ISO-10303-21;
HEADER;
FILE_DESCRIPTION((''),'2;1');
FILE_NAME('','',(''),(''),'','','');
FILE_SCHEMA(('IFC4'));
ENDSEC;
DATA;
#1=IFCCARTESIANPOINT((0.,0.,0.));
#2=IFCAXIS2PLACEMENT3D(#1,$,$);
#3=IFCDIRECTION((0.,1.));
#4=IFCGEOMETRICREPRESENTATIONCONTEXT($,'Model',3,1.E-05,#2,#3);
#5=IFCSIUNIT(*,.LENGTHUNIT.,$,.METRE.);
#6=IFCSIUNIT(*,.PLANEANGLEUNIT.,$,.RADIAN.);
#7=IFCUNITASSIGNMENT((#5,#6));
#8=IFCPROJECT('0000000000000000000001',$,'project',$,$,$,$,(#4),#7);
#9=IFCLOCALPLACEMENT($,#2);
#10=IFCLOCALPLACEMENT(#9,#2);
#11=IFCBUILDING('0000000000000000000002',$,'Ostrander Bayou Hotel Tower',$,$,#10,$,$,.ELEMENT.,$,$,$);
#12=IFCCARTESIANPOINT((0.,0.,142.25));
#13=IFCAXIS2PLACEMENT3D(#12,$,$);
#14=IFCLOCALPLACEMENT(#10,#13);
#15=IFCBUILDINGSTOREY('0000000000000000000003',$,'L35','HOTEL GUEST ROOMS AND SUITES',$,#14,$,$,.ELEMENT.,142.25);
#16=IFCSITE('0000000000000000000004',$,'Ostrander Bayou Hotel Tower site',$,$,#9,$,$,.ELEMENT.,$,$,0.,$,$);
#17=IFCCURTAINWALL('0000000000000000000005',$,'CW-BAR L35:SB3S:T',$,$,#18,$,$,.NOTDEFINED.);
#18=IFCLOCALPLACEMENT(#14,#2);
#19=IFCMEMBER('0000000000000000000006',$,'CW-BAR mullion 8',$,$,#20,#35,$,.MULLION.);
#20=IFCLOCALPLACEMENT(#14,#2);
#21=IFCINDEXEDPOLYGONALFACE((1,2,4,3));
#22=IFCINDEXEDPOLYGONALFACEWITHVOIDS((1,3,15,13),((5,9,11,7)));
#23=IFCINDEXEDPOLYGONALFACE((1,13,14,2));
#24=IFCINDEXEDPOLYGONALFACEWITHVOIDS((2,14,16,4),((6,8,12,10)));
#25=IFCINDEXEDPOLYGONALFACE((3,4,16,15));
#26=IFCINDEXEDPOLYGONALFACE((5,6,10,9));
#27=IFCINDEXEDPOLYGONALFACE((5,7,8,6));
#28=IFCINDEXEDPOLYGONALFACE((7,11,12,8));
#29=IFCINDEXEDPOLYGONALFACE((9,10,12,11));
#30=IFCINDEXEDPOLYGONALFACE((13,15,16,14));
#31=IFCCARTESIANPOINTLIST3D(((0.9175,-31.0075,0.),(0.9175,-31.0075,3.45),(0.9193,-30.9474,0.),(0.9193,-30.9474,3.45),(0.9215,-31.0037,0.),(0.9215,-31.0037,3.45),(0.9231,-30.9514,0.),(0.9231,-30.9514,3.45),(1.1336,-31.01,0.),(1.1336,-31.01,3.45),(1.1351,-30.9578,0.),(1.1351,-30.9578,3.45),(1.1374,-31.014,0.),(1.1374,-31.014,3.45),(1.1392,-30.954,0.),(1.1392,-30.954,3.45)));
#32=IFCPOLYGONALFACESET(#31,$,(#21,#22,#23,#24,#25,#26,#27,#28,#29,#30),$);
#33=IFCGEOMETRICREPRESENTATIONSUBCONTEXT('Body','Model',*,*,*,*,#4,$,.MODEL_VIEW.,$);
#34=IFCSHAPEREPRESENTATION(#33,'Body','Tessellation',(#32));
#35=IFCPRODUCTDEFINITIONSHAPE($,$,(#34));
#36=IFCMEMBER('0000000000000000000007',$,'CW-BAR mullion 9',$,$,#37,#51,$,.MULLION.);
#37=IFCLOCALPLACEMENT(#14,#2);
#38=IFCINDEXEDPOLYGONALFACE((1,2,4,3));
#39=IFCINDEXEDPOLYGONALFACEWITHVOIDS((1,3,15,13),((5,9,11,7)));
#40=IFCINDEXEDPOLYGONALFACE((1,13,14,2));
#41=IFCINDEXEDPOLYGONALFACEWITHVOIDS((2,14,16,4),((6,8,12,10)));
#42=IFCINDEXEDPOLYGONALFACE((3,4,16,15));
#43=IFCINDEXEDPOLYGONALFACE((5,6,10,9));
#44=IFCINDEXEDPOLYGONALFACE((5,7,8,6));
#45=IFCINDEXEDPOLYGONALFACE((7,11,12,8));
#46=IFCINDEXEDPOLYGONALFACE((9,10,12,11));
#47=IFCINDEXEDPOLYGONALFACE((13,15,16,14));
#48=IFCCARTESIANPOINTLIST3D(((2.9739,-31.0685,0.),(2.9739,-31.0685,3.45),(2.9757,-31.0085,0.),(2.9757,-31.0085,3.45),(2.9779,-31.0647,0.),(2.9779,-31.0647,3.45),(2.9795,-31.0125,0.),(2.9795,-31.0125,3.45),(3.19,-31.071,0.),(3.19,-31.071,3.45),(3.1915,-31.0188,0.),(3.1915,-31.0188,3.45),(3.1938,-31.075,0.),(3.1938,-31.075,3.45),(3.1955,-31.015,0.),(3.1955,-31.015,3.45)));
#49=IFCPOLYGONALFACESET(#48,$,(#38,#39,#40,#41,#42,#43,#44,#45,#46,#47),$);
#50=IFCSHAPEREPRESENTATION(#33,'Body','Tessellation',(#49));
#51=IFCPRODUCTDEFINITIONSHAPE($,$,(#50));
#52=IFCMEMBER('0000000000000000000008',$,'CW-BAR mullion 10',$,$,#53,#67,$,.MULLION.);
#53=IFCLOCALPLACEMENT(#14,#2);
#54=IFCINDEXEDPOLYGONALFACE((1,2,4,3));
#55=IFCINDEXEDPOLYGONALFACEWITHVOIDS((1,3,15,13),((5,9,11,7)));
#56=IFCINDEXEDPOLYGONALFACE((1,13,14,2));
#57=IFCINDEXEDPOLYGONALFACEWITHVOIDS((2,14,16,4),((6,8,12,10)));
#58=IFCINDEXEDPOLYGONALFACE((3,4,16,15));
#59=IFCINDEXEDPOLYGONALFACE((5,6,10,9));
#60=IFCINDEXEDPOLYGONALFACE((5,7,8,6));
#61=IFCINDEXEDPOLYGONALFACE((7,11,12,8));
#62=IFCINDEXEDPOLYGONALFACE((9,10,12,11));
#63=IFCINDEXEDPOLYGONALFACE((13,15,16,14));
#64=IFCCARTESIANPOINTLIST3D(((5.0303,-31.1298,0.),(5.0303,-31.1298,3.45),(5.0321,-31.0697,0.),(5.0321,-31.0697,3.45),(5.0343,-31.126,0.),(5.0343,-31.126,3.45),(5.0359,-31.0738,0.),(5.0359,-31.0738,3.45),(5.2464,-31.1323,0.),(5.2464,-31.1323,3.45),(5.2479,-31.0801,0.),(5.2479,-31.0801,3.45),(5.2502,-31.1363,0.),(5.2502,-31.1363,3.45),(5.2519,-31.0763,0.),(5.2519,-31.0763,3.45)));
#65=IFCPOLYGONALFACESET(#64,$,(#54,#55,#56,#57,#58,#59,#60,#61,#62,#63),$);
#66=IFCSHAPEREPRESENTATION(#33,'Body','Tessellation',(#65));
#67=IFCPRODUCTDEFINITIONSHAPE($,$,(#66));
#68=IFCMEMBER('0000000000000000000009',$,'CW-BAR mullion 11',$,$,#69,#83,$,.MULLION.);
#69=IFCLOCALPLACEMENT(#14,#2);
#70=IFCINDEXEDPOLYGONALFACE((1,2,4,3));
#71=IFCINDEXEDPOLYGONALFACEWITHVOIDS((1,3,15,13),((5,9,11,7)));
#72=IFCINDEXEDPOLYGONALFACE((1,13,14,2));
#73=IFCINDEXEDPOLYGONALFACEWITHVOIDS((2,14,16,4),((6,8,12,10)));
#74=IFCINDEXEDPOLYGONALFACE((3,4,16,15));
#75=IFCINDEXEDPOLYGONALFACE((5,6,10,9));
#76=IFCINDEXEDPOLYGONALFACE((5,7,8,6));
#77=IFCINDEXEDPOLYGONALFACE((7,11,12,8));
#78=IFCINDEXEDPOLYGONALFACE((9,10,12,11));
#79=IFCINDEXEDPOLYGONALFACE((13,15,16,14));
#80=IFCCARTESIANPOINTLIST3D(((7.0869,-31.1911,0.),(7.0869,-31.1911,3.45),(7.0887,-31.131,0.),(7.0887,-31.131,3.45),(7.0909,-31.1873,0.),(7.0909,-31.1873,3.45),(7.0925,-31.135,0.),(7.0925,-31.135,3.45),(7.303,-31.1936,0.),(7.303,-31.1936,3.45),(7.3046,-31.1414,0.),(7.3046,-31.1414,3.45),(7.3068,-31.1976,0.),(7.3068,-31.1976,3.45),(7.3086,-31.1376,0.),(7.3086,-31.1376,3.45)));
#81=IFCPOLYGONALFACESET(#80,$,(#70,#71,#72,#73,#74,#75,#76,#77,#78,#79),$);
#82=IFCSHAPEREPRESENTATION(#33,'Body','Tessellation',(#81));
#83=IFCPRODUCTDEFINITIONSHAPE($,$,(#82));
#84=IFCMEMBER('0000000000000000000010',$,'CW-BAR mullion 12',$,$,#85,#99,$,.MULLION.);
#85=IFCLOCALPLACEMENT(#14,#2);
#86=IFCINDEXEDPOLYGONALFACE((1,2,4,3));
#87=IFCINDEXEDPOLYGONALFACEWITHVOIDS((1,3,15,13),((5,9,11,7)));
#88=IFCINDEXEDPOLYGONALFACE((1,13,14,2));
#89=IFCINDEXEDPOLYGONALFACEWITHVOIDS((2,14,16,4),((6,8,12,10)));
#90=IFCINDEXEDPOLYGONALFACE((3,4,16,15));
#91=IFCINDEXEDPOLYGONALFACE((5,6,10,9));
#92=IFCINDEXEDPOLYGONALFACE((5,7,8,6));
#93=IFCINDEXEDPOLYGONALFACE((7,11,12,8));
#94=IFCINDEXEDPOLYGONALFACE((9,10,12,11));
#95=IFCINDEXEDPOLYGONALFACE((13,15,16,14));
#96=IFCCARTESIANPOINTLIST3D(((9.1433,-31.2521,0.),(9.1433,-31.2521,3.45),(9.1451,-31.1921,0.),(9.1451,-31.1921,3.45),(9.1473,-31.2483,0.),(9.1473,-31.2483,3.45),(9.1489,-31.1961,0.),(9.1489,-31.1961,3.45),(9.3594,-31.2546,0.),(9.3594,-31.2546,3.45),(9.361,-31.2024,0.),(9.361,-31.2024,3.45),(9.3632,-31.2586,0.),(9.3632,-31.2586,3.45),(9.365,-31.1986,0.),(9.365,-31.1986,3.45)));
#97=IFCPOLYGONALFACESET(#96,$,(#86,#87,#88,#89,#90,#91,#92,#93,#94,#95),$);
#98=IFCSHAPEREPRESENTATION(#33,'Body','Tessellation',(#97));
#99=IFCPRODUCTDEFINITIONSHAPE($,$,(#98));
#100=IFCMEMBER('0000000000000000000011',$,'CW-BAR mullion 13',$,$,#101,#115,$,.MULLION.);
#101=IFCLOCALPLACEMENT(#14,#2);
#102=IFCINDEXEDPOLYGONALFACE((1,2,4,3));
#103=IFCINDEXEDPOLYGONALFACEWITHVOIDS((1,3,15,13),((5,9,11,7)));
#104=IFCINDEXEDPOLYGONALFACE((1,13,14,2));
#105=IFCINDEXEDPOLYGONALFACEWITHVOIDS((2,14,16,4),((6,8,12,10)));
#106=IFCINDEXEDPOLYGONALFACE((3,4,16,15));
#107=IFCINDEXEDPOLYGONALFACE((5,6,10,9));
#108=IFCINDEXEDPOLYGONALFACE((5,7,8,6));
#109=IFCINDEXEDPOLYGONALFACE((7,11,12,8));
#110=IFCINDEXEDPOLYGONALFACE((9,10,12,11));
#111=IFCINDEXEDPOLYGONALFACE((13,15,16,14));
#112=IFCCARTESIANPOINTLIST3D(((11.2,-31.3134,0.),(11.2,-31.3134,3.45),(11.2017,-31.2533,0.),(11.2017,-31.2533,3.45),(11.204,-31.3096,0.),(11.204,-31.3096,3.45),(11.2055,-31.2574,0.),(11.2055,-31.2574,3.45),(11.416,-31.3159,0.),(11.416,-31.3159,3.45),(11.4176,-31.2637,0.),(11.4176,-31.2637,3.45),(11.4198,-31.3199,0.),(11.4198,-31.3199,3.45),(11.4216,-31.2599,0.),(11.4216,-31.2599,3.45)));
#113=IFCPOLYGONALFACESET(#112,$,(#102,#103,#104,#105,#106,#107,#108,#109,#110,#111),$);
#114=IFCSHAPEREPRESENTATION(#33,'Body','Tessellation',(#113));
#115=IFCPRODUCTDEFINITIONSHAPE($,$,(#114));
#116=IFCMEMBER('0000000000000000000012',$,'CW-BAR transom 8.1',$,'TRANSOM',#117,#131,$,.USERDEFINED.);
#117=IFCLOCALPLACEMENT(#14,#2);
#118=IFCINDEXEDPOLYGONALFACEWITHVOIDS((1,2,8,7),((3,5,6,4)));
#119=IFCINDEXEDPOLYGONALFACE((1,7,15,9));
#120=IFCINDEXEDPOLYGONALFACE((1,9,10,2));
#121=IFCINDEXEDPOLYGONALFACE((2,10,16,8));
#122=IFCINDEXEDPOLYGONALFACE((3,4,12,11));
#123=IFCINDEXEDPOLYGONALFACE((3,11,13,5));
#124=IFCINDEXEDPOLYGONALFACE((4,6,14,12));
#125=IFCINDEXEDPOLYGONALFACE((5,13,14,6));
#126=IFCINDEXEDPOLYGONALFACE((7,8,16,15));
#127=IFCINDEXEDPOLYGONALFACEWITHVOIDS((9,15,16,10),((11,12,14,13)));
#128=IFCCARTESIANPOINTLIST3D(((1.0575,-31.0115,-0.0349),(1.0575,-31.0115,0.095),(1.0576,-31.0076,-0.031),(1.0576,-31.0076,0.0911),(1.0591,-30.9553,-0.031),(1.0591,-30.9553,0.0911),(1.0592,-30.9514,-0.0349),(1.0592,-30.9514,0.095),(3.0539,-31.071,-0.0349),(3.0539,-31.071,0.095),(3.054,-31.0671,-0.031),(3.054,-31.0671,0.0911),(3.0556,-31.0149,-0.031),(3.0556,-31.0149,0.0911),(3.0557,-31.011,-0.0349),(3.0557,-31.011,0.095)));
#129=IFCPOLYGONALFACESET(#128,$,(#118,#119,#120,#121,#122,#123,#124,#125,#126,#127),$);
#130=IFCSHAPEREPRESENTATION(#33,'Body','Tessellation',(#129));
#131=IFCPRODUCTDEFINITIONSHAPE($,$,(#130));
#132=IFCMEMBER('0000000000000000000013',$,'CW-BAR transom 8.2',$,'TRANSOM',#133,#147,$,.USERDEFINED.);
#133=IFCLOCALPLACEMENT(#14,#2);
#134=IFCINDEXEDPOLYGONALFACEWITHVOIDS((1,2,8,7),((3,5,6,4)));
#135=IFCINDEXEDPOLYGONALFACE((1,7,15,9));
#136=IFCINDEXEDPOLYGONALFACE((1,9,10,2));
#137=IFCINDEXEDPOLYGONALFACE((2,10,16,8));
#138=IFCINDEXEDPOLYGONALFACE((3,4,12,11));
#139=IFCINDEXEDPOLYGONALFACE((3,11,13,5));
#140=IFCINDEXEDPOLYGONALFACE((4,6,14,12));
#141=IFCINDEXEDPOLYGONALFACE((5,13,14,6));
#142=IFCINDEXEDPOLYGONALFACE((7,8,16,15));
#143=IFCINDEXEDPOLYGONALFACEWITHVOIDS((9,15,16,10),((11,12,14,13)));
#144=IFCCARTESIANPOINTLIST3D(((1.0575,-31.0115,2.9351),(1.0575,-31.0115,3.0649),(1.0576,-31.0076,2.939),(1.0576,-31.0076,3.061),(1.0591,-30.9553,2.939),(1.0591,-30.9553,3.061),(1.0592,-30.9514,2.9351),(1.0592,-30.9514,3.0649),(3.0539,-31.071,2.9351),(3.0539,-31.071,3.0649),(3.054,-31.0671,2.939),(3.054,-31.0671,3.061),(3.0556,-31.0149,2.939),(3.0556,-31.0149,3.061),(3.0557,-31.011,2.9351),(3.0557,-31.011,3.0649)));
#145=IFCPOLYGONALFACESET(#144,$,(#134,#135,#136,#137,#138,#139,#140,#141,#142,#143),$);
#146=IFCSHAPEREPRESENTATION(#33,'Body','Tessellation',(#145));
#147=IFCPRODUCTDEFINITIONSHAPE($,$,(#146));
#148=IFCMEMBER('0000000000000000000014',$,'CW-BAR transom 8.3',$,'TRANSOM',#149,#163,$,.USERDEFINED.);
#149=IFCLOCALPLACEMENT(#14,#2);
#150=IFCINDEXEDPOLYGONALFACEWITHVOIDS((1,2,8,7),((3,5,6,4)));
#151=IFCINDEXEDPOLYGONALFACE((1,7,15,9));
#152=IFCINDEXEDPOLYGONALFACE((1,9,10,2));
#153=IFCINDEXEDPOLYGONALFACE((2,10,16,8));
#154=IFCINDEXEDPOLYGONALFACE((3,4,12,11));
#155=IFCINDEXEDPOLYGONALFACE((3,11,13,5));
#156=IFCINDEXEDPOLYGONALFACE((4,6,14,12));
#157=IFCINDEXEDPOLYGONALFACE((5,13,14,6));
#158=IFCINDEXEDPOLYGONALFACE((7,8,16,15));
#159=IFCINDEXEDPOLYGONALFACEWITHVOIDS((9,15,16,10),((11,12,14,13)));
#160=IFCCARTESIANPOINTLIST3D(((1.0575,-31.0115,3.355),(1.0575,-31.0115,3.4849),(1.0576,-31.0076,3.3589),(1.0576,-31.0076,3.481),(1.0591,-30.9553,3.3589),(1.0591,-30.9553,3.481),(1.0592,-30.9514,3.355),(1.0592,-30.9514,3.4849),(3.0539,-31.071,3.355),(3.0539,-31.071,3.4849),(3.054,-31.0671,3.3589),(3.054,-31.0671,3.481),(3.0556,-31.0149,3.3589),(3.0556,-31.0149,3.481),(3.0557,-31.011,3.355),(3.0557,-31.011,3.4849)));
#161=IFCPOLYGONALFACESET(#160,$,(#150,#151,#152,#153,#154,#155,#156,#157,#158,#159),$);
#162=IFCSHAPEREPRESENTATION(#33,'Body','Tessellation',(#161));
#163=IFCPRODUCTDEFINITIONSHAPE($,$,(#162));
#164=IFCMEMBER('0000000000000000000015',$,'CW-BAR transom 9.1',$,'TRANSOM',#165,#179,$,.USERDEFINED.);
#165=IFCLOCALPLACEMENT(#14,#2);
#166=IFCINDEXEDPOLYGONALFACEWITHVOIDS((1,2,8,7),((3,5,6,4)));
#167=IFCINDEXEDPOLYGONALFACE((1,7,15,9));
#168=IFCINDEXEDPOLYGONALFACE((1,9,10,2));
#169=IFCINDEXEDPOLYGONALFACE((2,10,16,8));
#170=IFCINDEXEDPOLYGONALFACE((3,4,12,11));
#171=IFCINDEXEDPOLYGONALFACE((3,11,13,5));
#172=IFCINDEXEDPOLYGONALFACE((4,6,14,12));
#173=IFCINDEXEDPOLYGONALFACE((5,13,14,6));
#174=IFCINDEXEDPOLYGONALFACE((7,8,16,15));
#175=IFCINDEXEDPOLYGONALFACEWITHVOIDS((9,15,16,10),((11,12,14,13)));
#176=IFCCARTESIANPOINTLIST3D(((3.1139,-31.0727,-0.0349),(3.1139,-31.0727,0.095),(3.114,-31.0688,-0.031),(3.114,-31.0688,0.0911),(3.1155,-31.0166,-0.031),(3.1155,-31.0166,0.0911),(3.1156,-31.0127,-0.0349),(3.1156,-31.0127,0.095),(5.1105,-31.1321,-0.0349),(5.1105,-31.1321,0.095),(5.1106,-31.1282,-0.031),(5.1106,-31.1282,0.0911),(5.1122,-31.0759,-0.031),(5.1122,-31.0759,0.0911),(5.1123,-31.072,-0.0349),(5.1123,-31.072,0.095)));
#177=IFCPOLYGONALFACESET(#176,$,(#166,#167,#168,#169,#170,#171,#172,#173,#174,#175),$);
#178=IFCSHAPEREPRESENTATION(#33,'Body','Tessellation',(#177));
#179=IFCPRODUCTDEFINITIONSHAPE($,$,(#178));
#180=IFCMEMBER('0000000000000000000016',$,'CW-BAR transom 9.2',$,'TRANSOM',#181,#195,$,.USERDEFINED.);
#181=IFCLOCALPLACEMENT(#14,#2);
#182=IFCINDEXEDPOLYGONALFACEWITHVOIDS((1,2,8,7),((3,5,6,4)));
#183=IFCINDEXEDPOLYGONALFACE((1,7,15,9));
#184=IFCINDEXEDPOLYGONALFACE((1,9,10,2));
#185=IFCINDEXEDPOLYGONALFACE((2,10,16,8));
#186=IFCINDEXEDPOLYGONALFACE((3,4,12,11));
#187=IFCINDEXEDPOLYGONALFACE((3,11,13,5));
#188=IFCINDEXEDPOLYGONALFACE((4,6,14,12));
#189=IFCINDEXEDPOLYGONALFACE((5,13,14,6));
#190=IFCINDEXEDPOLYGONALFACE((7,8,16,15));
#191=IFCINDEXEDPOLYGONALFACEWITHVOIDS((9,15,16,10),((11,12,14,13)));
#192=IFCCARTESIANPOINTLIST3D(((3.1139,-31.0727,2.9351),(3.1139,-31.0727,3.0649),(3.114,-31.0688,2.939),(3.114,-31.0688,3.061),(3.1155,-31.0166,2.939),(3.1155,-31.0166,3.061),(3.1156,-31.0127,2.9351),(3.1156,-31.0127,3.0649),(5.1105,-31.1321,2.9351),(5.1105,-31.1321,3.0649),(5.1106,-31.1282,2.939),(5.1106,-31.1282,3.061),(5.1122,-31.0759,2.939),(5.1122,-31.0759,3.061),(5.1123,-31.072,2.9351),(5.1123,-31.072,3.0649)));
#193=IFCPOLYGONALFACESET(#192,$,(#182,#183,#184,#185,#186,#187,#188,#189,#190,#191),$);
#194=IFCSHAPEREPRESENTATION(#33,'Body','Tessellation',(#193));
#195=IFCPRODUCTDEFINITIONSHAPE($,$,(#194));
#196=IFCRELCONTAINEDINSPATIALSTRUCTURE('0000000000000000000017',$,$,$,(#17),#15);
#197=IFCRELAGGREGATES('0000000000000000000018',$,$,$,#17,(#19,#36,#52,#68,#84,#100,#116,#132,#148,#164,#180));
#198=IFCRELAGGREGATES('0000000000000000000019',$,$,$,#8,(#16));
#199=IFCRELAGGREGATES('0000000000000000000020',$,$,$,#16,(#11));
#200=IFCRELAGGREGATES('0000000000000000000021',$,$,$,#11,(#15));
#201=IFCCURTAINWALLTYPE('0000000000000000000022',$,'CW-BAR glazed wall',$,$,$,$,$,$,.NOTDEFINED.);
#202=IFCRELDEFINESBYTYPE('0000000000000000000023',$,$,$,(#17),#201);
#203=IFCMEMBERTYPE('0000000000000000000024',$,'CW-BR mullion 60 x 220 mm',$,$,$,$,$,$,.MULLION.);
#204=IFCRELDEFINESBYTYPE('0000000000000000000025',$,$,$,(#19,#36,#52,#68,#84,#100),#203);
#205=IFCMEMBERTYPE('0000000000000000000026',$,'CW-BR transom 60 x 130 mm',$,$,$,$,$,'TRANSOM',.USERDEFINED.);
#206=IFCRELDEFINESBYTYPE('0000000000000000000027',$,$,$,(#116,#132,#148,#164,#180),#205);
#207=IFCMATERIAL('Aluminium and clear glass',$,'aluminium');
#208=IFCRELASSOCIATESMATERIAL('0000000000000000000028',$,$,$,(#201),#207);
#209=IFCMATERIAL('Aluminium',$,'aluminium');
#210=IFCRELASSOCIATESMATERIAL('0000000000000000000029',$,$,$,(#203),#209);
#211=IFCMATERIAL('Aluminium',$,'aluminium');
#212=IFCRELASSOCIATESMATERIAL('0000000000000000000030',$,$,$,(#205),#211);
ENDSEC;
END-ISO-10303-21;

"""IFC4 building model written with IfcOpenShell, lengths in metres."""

from ifc_helpers import new_model, si_unit, direction, frame, origin, origin_2d, place, context, subcontext, project, spatial, hollow_rectangle, extrude, material, material_profile, profile_set, type_object, element, aggregate, save


model = new_model("IFC4")

# Units and contexts
model_context = context("Model", 3, precision=1e-05, world=origin(), true_north=direction((0.0, 1.0)))
body_context = subcontext(model_context, "Body", "Model", "MODEL_VIEW")
ifc_project = project(units=[si_unit("LENGTHUNIT", "METRE"), si_unit("PLANEANGLEUNIT", "RADIAN")], contexts=[model_context])

# Site, building, storey
site_placement = place(None, origin())
site = spatial("IfcSite", under=ifc_project, at=site_placement, Name="Ostrander Bayou Hotel Tower site", CompositionType="ELEMENT", RefElevation=0.0)
building_placement = place(site_placement, origin())
building = spatial("IfcBuilding", under=site, at=building_placement, Name="Ostrander Bayou Hotel Tower", CompositionType="ELEMENT")
storey_placement = place(building_placement, frame((0.0, 0.0, 142.25)))
storey = spatial("IfcBuildingStorey", under=building, at=storey_placement, Name="L35", Description="HOTEL GUEST ROOMS AND SUITES", CompositionType="ELEMENT", Elevation=142.25)

# Curtain wall, members
ifc_material_1 = material(Name="Aluminium and clear glass", Category="aluminium")
curtain_wall_type = type_object("IfcCurtainWallType", Name="CW-BAR glazed wall", PredefinedType="NOTDEFINED", material=ifc_material_1)
curtain_wall_placement = place(storey_placement, origin())
curtain_wall = element("IfcCurtainWall", 1, at=curtain_wall_placement, inside=storey, type_object=curtain_wall_type, Name="CW-BAR L35:SB3S:T", PredefinedType="NOTDEFINED")
ifc_material_2 = material(Name="Aluminium", Category="aluminium")
ifc_material_profile_1 = material_profile(ifc_material_2, hollow_rectangle(XDim=0.0601, YDim=0.22, WallThickness=0.0039, at=origin_2d()))
ifc_profile_set_1 = profile_set([ifc_material_profile_1], Name="Aluminium")
member_type_1 = type_object("IfcMemberType", Name="CW-BR mullion 60 x 220 mm", PredefinedType="MULLION", material=ifc_profile_set_1)
member_1_placement = place(storey_placement, frame((1.0283, -30.9807, 0.0), z_axis=(0.0, 0.0, 1.0), x_axis=(0.029746, 0.999557, 0.0)))
member_1 = element("IfcMember", 2, at=member_1_placement, type_object=member_type_1, Name="CW-BAR mullion 8", PredefinedType="MULLION", context=body_context, shape_type="SweptSolid", body=[
    extrude(hollow_rectangle(XDim=0.0601, YDim=0.22, WallThickness=0.0039, at=origin_2d()), origin(), (0.0, 0.0, 1.0), 3.45),
])
member_2_placement = place(storey_placement, frame((3.0847, -31.0417, 0.0), z_axis=(0.0, 0.0, 1.0), x_axis=(0.029746, 0.999557, 0.0)))
member_2 = element("IfcMember", 3, at=member_2_placement, type_object=member_type_1, Name="CW-BAR mullion 9", PredefinedType="MULLION", context=body_context, shape_type="SweptSolid", body=[
    extrude(hollow_rectangle(XDim=0.0601, YDim=0.22, WallThickness=0.0039, at=origin_2d()), origin(), (0.0, 0.0, 1.0), 3.45),
])
member_3_placement = place(storey_placement, frame((5.1411, -31.103, 0.0), z_axis=(0.0, 0.0, 1.0), x_axis=(0.029746, 0.999557, 0.0)))
member_3 = element("IfcMember", 4, at=member_3_placement, type_object=member_type_1, Name="CW-BAR mullion 10", PredefinedType="MULLION", context=body_context, shape_type="SweptSolid", body=[
    extrude(hollow_rectangle(XDim=0.0601, YDim=0.22, WallThickness=0.0039, at=origin_2d()), origin(), (0.0, 0.0, 1.0), 3.45),
])
member_4_placement = place(storey_placement, frame((7.1978, -31.1643, 0.0), z_axis=(0.0, 0.0, 1.0), x_axis=(0.029746, 0.999557, 0.0)))
member_4 = element("IfcMember", 5, at=member_4_placement, type_object=member_type_1, Name="CW-BAR mullion 11", PredefinedType="MULLION", context=body_context, shape_type="SweptSolid", body=[
    extrude(hollow_rectangle(XDim=0.0601, YDim=0.22, WallThickness=0.0039, at=origin_2d()), origin(), (0.0, 0.0, 1.0), 3.45),
])
member_5_placement = place(storey_placement, frame((9.2542, -31.2253, 0.0), z_axis=(0.0, 0.0, 1.0), x_axis=(0.029746, 0.999557, 0.0)))
member_5 = element("IfcMember", 6, at=member_5_placement, type_object=member_type_1, Name="CW-BAR mullion 12", PredefinedType="MULLION", context=body_context, shape_type="SweptSolid", body=[
    extrude(hollow_rectangle(XDim=0.0601, YDim=0.22, WallThickness=0.0039, at=origin_2d()), origin(), (0.0, 0.0, 1.0), 3.45),
])
member_6_placement = place(storey_placement, frame((11.3108, -31.2866, 0.0), z_axis=(0.0, 0.0, 1.0), x_axis=(0.029746, 0.999557, 0.0)))
member_6 = element("IfcMember", 7, at=member_6_placement, type_object=member_type_1, Name="CW-BAR mullion 13", PredefinedType="MULLION", context=body_context, shape_type="SweptSolid", body=[
    extrude(hollow_rectangle(XDim=0.0601, YDim=0.22, WallThickness=0.0039, at=origin_2d()), origin(), (0.0, 0.0, 1.0), 3.45),
])
ifc_material_3 = material(Name="Aluminium", Category="aluminium")
ifc_material_profile_2 = material_profile(ifc_material_3, hollow_rectangle(XDim=0.0601, YDim=0.1299, WallThickness=0.0039, at=origin_2d()))
ifc_profile_set_2 = profile_set([ifc_material_profile_2], Name="Aluminium")
member_type_2 = type_object("IfcMemberType", Name="CW-BR transom 60 x 130 mm", ElementType="TRANSOM", PredefinedType="USERDEFINED", material=ifc_profile_set_2)
member_7_placement = place(storey_placement, frame((1.0583, -30.9814, 0.03), z_axis=(0.999555, -0.029827, 0.0), x_axis=(0.029827, 0.999555, 0.0)))
member_7 = element("IfcMember", 8, at=member_7_placement, type_object=member_type_2, Name="CW-BAR transom 8.1", ObjectType="TRANSOM", PredefinedType="USERDEFINED", context=body_context, shape_type="SweptSolid", body=[
    extrude(hollow_rectangle(XDim=0.0601, YDim=0.1299, WallThickness=0.0039, at=origin_2d()), origin(), (0.0, 0.0, 1.0), 1.9973),
])
member_8_placement = place(storey_placement, frame((1.0583, -30.9814, 3.0), z_axis=(0.999555, -0.029827, 0.0), x_axis=(0.029827, 0.999555, 0.0)))
member_8 = element("IfcMember", 9, at=member_8_placement, type_object=member_type_2, Name="CW-BAR transom 8.2", ObjectType="TRANSOM", PredefinedType="USERDEFINED", context=body_context, shape_type="SweptSolid", body=[
    extrude(hollow_rectangle(XDim=0.0601, YDim=0.1299, WallThickness=0.0039, at=origin_2d()), origin(), (0.0, 0.0, 1.0), 1.9973),
])
member_9_placement = place(storey_placement, frame((1.0583, -30.9814, 3.4199), z_axis=(0.999555, -0.029827, 0.0), x_axis=(0.029827, 0.999555, 0.0)))
member_9 = element("IfcMember", 10, at=member_9_placement, type_object=member_type_2, Name="CW-BAR transom 8.3", ObjectType="TRANSOM", PredefinedType="USERDEFINED", context=body_context, shape_type="SweptSolid", body=[
    extrude(hollow_rectangle(XDim=0.0601, YDim=0.1299, WallThickness=0.0039, at=origin_2d()), origin(), (0.0, 0.0, 1.0), 1.9973),
])
member_10_placement = place(storey_placement, frame((3.1147, -31.0427, 0.03), z_axis=(0.999559, -0.029701, 0.0), x_axis=(0.029701, 0.999559, 0.0)))
member_10 = element("IfcMember", 11, at=member_10_placement, type_object=member_type_2, Name="CW-BAR transom 9.1", ObjectType="TRANSOM", PredefinedType="USERDEFINED", context=body_context, shape_type="SweptSolid", body=[
    extrude(hollow_rectangle(XDim=0.0601, YDim=0.1299, WallThickness=0.0039, at=origin_2d()), origin(), (0.0, 0.0, 1.0), 1.9976),
])
member_11_placement = place(storey_placement, frame((3.1147, -31.0427, 3.0), z_axis=(0.999559, -0.029701, 0.0), x_axis=(0.029701, 0.999559, 0.0)))
member_11 = element("IfcMember", 12, at=member_11_placement, type_object=member_type_2, Name="CW-BAR transom 9.2", ObjectType="TRANSOM", PredefinedType="USERDEFINED", context=body_context, shape_type="SweptSolid", body=[
    extrude(hollow_rectangle(XDim=0.0601, YDim=0.1299, WallThickness=0.0039, at=origin_2d()), origin(), (0.0, 0.0, 1.0), 1.9976),
])
aggregate(curtain_wall, [member_1, member_2, member_3, member_4, member_5, member_6, member_7, member_8, member_9, member_10, member_11])

save(model, "model.ifc")
